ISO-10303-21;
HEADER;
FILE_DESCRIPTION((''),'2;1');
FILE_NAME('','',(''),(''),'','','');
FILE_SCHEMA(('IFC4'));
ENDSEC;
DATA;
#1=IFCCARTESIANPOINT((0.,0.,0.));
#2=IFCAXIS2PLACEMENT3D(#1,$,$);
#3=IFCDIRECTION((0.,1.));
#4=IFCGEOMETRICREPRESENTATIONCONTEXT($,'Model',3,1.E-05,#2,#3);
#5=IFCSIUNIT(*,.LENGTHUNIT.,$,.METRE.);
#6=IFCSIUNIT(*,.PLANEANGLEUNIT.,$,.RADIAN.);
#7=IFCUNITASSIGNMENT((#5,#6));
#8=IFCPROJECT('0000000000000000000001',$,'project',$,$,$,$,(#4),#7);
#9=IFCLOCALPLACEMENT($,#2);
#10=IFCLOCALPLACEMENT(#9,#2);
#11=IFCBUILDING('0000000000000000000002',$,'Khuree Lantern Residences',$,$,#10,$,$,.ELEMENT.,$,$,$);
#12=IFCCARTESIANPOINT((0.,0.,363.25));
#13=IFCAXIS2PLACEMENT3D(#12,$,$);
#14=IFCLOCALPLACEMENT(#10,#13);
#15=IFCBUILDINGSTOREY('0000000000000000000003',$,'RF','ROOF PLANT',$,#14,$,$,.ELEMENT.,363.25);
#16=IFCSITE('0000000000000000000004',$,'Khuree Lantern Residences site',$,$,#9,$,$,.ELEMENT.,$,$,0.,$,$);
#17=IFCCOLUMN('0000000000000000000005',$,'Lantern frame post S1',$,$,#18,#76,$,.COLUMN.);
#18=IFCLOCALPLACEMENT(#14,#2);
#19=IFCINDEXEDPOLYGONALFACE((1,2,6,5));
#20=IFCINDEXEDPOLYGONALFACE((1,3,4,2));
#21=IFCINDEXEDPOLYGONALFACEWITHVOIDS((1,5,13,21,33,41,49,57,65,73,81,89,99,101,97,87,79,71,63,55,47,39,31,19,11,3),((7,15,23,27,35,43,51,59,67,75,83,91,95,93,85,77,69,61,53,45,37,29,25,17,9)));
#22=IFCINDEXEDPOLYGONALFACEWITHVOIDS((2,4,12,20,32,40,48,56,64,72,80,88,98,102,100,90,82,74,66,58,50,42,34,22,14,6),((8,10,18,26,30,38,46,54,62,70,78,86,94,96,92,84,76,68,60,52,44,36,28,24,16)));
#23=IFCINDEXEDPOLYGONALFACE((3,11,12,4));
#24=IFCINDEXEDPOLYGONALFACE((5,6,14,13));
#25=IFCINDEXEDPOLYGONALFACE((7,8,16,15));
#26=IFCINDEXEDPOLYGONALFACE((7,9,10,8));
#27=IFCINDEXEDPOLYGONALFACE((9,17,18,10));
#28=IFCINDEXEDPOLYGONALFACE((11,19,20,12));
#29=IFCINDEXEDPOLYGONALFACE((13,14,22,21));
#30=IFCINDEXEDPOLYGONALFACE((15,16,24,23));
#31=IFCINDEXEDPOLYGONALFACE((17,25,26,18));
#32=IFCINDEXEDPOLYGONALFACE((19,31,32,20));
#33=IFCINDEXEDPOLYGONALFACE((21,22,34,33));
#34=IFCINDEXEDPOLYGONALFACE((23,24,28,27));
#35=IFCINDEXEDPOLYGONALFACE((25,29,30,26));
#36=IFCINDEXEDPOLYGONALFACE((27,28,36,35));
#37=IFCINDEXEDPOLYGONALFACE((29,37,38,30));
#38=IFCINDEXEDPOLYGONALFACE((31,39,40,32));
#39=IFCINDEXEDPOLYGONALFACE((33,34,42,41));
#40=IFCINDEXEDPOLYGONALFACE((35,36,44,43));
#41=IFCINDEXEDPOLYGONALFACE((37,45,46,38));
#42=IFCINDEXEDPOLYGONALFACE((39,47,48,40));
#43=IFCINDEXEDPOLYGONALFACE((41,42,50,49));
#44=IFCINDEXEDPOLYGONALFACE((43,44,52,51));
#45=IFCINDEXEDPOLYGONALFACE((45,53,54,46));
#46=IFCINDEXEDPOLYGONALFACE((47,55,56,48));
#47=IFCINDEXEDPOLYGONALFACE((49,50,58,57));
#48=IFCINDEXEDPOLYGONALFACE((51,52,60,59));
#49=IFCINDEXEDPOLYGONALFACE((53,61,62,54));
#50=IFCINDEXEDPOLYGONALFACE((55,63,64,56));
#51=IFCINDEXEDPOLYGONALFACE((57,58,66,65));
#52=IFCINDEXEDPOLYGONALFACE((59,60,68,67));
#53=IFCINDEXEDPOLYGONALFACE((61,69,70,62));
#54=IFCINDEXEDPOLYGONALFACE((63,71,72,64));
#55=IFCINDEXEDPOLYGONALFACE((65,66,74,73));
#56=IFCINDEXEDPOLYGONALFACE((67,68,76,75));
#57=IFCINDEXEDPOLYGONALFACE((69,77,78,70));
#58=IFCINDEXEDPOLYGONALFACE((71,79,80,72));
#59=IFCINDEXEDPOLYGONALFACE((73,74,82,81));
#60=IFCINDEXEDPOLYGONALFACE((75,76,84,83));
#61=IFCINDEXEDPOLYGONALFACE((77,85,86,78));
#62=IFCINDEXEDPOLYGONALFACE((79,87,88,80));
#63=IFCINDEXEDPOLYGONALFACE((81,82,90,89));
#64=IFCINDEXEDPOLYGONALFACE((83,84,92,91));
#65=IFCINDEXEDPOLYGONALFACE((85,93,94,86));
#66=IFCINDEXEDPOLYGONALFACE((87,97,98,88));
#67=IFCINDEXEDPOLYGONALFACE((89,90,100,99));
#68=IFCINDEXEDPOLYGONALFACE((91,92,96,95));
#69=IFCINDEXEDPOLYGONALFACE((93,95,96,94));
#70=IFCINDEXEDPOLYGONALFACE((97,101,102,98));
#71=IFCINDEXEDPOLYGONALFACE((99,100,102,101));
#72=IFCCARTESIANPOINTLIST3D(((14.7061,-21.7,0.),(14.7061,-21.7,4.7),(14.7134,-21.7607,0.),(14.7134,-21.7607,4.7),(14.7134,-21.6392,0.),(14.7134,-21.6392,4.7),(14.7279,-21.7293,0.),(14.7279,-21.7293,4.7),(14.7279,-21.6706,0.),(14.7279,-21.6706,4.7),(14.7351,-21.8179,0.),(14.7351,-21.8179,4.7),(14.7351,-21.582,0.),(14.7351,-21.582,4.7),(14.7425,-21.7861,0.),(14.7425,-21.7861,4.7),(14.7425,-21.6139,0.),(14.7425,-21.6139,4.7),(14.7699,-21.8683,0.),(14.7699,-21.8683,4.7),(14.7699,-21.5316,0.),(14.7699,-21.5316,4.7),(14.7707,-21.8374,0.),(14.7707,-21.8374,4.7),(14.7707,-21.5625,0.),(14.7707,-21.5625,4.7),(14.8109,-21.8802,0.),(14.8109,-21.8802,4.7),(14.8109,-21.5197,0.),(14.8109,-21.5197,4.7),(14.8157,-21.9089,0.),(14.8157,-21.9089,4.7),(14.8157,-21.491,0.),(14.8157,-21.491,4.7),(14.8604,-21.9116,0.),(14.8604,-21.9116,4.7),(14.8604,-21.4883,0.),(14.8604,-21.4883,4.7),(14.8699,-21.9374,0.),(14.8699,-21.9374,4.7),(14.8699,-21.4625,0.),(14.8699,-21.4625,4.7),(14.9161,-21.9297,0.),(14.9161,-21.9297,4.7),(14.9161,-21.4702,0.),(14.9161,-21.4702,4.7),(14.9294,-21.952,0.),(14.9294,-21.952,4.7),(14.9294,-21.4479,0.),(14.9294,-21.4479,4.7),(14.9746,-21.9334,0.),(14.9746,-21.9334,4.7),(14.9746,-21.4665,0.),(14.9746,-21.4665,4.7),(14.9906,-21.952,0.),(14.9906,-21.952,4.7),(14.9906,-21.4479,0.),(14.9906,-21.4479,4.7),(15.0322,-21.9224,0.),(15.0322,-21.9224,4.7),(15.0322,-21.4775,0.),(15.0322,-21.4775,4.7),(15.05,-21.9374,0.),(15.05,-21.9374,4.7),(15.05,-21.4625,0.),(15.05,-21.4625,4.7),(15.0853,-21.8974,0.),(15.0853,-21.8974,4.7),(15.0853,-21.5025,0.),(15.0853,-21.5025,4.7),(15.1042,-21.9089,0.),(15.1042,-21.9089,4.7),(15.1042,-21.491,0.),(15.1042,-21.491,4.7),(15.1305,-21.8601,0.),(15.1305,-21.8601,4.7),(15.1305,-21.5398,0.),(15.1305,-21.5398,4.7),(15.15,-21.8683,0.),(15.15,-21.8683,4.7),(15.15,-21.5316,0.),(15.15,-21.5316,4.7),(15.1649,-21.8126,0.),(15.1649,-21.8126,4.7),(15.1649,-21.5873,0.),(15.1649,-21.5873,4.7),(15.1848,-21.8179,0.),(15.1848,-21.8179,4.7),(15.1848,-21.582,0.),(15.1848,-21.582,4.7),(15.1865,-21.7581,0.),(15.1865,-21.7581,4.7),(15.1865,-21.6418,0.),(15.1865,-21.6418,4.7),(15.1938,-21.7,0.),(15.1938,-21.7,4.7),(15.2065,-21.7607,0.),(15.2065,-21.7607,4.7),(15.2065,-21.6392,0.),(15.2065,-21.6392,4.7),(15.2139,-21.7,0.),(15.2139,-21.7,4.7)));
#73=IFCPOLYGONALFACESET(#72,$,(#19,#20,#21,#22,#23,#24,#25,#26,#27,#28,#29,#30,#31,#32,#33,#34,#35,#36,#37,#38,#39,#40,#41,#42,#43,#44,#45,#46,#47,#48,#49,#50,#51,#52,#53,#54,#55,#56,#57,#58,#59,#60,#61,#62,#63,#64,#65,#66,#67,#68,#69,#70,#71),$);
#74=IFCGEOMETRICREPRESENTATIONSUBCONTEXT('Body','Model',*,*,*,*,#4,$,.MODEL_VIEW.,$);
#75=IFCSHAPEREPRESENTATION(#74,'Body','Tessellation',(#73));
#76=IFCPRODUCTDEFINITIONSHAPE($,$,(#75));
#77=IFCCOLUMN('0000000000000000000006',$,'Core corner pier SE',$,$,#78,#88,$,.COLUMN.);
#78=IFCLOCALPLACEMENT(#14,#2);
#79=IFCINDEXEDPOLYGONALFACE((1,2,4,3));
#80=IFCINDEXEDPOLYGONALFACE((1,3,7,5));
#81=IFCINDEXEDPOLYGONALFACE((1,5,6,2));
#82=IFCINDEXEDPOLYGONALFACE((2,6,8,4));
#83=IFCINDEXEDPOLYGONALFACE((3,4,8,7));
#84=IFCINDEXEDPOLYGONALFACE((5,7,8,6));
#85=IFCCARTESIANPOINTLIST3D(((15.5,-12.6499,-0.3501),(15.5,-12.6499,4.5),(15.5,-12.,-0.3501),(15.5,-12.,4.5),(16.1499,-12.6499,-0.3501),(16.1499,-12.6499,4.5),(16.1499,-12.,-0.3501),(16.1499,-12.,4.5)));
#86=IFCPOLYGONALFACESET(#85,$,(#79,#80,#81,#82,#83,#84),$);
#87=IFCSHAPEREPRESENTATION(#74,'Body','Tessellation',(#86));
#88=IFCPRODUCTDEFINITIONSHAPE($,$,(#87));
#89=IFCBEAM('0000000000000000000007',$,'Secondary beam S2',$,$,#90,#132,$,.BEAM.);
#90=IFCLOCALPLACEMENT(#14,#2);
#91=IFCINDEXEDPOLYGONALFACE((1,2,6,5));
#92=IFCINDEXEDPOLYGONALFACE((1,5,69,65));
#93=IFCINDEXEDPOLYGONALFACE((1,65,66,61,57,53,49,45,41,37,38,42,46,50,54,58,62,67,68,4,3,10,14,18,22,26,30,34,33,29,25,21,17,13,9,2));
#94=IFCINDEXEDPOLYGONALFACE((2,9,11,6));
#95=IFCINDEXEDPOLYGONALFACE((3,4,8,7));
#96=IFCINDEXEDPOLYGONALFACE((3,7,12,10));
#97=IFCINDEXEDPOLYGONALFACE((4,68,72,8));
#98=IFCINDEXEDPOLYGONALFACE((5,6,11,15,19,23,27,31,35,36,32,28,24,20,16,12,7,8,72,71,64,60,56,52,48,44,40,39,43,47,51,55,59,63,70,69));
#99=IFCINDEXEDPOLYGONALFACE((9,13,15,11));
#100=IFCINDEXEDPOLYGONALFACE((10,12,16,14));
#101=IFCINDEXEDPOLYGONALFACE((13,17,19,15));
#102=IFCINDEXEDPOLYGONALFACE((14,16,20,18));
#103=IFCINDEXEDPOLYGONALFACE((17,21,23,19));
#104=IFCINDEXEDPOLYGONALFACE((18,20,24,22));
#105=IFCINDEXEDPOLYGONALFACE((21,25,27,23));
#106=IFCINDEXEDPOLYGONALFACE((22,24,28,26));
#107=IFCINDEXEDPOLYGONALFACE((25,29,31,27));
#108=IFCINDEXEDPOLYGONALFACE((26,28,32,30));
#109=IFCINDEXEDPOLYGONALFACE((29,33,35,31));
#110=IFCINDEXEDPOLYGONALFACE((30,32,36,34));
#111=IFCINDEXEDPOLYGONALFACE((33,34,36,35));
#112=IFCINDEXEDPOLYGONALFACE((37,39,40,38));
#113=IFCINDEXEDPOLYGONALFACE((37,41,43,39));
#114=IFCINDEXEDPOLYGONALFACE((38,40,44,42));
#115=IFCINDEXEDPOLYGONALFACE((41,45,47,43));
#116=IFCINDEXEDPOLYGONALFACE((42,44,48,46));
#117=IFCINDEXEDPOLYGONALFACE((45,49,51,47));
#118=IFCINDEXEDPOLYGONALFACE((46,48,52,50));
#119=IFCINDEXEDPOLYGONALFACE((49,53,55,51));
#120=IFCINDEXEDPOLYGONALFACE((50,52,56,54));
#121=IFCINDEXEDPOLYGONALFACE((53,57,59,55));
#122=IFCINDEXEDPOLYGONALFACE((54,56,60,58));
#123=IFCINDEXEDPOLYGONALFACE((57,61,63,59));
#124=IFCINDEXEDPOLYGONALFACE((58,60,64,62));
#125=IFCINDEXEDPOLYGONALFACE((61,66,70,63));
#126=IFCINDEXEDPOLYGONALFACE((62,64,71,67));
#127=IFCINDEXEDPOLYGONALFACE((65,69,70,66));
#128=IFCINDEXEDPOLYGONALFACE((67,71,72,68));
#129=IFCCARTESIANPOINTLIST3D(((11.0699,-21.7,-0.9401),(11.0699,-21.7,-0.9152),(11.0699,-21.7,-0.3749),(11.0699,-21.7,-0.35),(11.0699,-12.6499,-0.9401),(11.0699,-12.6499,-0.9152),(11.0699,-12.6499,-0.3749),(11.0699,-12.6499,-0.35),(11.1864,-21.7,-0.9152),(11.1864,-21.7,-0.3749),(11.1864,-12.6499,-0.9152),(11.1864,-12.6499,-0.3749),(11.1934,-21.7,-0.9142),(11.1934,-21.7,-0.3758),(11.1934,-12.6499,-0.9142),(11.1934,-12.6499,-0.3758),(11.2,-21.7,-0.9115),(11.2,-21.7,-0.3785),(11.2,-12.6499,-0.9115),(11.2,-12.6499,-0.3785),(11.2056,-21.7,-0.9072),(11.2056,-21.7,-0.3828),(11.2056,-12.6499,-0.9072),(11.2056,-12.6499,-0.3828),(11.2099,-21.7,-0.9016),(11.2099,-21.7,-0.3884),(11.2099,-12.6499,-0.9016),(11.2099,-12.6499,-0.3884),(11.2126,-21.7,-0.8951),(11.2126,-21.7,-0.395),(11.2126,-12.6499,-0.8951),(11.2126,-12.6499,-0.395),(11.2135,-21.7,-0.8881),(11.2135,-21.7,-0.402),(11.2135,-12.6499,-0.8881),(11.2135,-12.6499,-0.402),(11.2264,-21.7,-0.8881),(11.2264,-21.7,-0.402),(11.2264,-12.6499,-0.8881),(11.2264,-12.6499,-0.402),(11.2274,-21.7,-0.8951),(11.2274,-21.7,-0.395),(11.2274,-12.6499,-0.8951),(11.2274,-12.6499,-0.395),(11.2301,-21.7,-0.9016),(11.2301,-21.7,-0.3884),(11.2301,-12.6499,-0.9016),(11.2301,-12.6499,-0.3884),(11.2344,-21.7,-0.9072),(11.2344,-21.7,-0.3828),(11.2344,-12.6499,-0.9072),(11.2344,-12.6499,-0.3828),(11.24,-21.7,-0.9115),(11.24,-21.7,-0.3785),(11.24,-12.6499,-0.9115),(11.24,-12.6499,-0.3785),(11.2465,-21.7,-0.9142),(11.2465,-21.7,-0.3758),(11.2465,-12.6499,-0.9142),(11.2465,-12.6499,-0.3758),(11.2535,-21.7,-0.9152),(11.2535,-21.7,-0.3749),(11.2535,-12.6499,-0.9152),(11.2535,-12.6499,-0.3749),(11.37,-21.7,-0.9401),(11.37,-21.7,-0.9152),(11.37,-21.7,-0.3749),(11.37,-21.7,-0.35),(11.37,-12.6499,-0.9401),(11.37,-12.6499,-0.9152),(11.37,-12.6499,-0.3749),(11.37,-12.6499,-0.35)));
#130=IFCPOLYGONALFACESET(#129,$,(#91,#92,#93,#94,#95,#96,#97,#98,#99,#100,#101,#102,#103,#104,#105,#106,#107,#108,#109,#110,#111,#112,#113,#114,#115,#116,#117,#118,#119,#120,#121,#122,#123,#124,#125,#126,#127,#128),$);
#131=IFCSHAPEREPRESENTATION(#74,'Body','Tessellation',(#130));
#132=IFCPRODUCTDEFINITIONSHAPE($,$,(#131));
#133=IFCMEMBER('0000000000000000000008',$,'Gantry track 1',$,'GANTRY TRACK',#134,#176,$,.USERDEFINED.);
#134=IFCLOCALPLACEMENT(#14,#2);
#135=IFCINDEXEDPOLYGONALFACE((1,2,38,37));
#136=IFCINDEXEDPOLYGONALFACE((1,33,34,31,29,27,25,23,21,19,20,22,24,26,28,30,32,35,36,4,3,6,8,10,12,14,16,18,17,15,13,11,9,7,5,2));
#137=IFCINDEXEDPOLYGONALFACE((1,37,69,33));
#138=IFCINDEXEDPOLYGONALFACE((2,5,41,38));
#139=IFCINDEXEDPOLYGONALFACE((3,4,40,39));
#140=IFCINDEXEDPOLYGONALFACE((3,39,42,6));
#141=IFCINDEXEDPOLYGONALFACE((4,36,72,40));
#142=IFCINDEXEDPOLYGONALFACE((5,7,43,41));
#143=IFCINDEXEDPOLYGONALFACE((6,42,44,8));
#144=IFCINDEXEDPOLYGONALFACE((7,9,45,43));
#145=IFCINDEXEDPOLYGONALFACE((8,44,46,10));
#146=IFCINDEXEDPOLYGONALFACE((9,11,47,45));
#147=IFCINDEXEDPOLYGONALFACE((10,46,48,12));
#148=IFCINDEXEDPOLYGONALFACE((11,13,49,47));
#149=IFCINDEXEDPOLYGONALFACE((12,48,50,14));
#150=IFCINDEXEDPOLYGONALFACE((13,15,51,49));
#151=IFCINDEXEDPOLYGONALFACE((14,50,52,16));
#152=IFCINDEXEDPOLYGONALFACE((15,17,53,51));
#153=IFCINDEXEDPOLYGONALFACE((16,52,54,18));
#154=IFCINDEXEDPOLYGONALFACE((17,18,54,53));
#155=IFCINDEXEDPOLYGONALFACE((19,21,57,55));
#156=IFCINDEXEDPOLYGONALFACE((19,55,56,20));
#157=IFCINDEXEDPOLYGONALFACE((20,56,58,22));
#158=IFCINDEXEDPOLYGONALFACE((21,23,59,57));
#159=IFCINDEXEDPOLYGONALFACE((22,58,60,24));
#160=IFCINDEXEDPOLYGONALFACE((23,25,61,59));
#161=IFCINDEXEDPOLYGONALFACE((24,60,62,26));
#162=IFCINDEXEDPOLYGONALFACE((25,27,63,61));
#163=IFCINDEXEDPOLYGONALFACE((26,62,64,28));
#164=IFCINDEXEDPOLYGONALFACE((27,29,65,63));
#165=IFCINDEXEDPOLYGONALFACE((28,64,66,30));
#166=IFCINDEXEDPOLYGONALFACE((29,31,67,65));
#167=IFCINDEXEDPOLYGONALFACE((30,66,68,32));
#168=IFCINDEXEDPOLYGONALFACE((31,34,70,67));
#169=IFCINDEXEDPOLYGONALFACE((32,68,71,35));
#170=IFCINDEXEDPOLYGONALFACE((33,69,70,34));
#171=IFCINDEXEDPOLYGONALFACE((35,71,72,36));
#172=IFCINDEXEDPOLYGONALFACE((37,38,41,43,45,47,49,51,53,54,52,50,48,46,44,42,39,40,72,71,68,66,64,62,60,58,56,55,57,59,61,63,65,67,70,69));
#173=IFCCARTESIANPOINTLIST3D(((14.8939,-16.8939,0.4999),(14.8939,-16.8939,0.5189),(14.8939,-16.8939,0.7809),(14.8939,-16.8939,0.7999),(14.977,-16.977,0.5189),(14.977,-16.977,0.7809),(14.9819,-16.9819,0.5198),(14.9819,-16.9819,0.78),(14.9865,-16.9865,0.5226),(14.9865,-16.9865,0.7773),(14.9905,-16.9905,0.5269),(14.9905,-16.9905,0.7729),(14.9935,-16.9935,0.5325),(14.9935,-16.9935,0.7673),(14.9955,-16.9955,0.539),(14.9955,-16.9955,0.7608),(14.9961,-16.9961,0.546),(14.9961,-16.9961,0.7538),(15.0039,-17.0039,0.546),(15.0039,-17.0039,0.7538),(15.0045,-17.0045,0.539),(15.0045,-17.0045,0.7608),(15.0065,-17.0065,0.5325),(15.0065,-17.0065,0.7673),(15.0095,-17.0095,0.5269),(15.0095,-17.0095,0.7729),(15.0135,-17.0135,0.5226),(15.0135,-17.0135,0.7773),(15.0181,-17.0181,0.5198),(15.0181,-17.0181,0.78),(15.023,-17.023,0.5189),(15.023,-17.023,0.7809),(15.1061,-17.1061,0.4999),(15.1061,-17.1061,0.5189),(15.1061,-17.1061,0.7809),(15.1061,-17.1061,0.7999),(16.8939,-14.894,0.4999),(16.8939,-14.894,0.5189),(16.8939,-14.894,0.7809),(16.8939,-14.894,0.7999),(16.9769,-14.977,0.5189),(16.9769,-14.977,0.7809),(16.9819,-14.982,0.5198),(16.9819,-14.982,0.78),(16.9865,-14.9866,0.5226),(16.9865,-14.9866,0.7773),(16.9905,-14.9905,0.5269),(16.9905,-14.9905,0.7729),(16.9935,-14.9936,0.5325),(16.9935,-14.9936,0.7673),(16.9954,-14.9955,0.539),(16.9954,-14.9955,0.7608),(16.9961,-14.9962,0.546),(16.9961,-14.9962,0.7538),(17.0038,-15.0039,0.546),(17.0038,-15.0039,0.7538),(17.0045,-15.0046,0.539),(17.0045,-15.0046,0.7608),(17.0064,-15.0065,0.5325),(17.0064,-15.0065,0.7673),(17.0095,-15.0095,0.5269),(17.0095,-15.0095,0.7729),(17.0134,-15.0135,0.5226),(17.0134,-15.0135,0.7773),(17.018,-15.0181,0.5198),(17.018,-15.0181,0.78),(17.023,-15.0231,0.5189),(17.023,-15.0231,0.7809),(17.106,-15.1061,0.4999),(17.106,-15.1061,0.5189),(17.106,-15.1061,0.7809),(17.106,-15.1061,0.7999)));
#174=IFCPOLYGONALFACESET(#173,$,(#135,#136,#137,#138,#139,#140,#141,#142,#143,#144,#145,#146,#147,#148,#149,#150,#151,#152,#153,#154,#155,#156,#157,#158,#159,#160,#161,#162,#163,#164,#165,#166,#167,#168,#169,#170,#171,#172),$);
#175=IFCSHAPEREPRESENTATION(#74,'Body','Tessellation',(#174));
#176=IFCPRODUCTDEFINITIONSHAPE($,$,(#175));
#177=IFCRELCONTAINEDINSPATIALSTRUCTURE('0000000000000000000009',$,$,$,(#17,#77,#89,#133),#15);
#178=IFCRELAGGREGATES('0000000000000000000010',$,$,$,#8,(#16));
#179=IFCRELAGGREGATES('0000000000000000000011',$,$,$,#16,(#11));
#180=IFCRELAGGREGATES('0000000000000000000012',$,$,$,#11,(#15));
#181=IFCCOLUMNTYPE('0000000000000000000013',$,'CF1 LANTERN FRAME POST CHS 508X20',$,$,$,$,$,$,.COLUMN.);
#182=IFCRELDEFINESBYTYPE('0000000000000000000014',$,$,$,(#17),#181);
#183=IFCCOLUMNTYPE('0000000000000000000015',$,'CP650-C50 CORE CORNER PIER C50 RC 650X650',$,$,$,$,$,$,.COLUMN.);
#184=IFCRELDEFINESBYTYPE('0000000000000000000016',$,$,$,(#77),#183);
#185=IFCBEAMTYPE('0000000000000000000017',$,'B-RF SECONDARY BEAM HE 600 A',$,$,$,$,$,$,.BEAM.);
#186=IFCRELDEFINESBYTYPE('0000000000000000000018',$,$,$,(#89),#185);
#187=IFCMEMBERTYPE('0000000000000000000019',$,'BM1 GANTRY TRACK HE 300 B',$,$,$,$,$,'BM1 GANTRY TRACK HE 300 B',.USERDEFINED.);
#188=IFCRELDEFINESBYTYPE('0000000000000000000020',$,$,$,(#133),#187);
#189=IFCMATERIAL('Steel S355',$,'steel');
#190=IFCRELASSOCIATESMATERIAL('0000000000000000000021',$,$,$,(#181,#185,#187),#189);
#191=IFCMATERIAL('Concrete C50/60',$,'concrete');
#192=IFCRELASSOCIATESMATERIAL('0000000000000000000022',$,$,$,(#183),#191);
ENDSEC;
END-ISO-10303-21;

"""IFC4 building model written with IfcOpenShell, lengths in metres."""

from ifc_helpers import new_model, si_unit, direction, frame, origin, origin_2d, place, context, subcontext, project, spatial, rectangle, hollow_circle, i_section, extrude, material, material_profile, profile_set, type_object, element, save


model = new_model("IFC4")

# Units and contexts
model_context = context("Model", 3, precision=1e-05, world=origin(), true_north=direction((0.0, 1.0)))
body_context = subcontext(model_context, "Body", "Model", "MODEL_VIEW")
ifc_project = project(units=[si_unit("LENGTHUNIT", "METRE"), si_unit("PLANEANGLEUNIT", "RADIAN")], contexts=[model_context])

# Site, building, storey
site_placement = place(None, origin())
site = spatial("IfcSite", under=ifc_project, at=site_placement, Name="Khuree Lantern Residences site", CompositionType="ELEMENT", RefElevation=0.0)
building_placement = place(site_placement, origin())
building = spatial("IfcBuilding", under=site, at=building_placement, Name="Khuree Lantern Residences", CompositionType="ELEMENT")
storey_placement = place(building_placement, frame((0.0, 0.0, 363.25)))
storey = spatial("IfcBuildingStorey", under=building, at=storey_placement, Name="RF", Description="ROOF PLANT", CompositionType="ELEMENT", Elevation=363.25)

# Columns
ifc_material_1 = material(Name="Steel S355", Category="steel")
ifc_material_profile_1 = material_profile(ifc_material_1, hollow_circle(Radius=0.2539, WallThickness=0.02, at=origin_2d()), Name="CHS 508X20")
ifc_profile_set_1 = profile_set([ifc_material_profile_1], Name="Steel S355")
column_type_1 = type_object("IfcColumnType", Name="CF1 LANTERN FRAME POST CHS 508X20", PredefinedType="COLUMN", material=ifc_profile_set_1)
column_1_placement = place(storey_placement, frame((14.96, -21.7, 0.0), z_axis=(0.0, 0.0, 1.0), x_axis=(1.0, 0.0, 0.0)))
element("IfcColumn", 1, at=column_1_placement, inside=storey, type_object=column_type_1, Name="Lantern frame post S1", PredefinedType="COLUMN", context=body_context, shape_type="SweptSolid", body=[
    extrude(hollow_circle(Radius=0.2539, WallThickness=0.02, at=origin_2d()), origin(), (0.0, 0.0, 1.0), 4.7),
])
ifc_material_2 = material(Name="Concrete C50/60", Category="concrete")
ifc_material_profile_2 = material_profile(ifc_material_2, rectangle(XDim=0.6499, YDim=0.6499, at=origin_2d()), Name="RC 650X650")
ifc_profile_set_2 = profile_set([ifc_material_profile_2], Name="Concrete C50/60")
column_type_2 = type_object("IfcColumnType", Name="CP650-C50 CORE CORNER PIER C50 RC 650X650", PredefinedType="COLUMN", material=ifc_profile_set_2)
column_2_placement = place(storey_placement, frame((15.825, -12.325, -0.3501), z_axis=(0.0, 0.0, 1.0), x_axis=(1.0, 0.0, 0.0)))
element("IfcColumn", 2, at=column_2_placement, inside=storey, type_object=column_type_2, Name="Core corner pier SE", PredefinedType="COLUMN", context=body_context, shape_type="SweptSolid", body=[
    extrude(rectangle(XDim=0.6499, YDim=0.6499, at=origin_2d()), origin(), (0.0, 0.0, 1.0), 4.8501),
])

# Beam
ifc_material_profile_3 = material_profile(ifc_material_1, i_section(OverallWidth=0.3, OverallDepth=0.5901, WebThickness=0.0129, FlangeThickness=0.0249, FilletRadius=0.0271, at=origin_2d()), Name="HE 600 A")
ifc_profile_set_3 = profile_set([ifc_material_profile_3], Name="Steel S355")
beam_type_1 = type_object("IfcBeamType", Name="B-RF SECONDARY BEAM HE 600 A", PredefinedType="BEAM", material=ifc_profile_set_3)
beam_1_placement = place(storey_placement, frame((11.22, -21.7, -0.645), z_axis=(0.0, 1.0, 0.0), x_axis=(-1.0, 0.0, 0.0)))
element("IfcBeam", 3, at=beam_1_placement, inside=storey, type_object=beam_type_1, Name="Secondary beam S2", PredefinedType="BEAM", context=body_context, shape_type="SweptSolid", body=[
    extrude(i_section(OverallWidth=0.3, OverallDepth=0.5901, WebThickness=0.0129, FlangeThickness=0.0249, FilletRadius=0.0271, at=origin_2d()), origin(), (0.0, 0.0, 1.0), 9.05),
])

# Member
ifc_material_profile_4 = material_profile(ifc_material_1, i_section(OverallWidth=0.3, OverallDepth=0.3, WebThickness=0.011, FlangeThickness=0.019, FilletRadius=0.0271, at=origin_2d()), Name="HE 300 B")
ifc_profile_set_4 = profile_set([ifc_material_profile_4], Name="Steel S355")
member_type_1 = type_object("IfcMemberType", Name="BM1 GANTRY TRACK HE 300 B", ElementType="BM1 GANTRY TRACK HE 300 B", PredefinedType="USERDEFINED", material=ifc_profile_set_4)
member_1_placement = place(storey_placement, frame((15.0, -17.0, 0.6499), z_axis=(0.707107, 0.707107, 0.0), x_axis=(-0.707107, 0.707107, 0.0)))
element("IfcMember", 4, at=member_1_placement, inside=storey, type_object=member_type_1, Name="Gantry track 1", ObjectType="GANTRY TRACK", PredefinedType="USERDEFINED", context=body_context, shape_type="SweptSolid", body=[
    extrude(i_section(OverallWidth=0.3, OverallDepth=0.3, WebThickness=0.011, FlangeThickness=0.019, FilletRadius=0.0271, at=origin_2d()), origin(), (0.0, 0.0, 1.0), 2.8284),
])

save(model, "model.ifc")
